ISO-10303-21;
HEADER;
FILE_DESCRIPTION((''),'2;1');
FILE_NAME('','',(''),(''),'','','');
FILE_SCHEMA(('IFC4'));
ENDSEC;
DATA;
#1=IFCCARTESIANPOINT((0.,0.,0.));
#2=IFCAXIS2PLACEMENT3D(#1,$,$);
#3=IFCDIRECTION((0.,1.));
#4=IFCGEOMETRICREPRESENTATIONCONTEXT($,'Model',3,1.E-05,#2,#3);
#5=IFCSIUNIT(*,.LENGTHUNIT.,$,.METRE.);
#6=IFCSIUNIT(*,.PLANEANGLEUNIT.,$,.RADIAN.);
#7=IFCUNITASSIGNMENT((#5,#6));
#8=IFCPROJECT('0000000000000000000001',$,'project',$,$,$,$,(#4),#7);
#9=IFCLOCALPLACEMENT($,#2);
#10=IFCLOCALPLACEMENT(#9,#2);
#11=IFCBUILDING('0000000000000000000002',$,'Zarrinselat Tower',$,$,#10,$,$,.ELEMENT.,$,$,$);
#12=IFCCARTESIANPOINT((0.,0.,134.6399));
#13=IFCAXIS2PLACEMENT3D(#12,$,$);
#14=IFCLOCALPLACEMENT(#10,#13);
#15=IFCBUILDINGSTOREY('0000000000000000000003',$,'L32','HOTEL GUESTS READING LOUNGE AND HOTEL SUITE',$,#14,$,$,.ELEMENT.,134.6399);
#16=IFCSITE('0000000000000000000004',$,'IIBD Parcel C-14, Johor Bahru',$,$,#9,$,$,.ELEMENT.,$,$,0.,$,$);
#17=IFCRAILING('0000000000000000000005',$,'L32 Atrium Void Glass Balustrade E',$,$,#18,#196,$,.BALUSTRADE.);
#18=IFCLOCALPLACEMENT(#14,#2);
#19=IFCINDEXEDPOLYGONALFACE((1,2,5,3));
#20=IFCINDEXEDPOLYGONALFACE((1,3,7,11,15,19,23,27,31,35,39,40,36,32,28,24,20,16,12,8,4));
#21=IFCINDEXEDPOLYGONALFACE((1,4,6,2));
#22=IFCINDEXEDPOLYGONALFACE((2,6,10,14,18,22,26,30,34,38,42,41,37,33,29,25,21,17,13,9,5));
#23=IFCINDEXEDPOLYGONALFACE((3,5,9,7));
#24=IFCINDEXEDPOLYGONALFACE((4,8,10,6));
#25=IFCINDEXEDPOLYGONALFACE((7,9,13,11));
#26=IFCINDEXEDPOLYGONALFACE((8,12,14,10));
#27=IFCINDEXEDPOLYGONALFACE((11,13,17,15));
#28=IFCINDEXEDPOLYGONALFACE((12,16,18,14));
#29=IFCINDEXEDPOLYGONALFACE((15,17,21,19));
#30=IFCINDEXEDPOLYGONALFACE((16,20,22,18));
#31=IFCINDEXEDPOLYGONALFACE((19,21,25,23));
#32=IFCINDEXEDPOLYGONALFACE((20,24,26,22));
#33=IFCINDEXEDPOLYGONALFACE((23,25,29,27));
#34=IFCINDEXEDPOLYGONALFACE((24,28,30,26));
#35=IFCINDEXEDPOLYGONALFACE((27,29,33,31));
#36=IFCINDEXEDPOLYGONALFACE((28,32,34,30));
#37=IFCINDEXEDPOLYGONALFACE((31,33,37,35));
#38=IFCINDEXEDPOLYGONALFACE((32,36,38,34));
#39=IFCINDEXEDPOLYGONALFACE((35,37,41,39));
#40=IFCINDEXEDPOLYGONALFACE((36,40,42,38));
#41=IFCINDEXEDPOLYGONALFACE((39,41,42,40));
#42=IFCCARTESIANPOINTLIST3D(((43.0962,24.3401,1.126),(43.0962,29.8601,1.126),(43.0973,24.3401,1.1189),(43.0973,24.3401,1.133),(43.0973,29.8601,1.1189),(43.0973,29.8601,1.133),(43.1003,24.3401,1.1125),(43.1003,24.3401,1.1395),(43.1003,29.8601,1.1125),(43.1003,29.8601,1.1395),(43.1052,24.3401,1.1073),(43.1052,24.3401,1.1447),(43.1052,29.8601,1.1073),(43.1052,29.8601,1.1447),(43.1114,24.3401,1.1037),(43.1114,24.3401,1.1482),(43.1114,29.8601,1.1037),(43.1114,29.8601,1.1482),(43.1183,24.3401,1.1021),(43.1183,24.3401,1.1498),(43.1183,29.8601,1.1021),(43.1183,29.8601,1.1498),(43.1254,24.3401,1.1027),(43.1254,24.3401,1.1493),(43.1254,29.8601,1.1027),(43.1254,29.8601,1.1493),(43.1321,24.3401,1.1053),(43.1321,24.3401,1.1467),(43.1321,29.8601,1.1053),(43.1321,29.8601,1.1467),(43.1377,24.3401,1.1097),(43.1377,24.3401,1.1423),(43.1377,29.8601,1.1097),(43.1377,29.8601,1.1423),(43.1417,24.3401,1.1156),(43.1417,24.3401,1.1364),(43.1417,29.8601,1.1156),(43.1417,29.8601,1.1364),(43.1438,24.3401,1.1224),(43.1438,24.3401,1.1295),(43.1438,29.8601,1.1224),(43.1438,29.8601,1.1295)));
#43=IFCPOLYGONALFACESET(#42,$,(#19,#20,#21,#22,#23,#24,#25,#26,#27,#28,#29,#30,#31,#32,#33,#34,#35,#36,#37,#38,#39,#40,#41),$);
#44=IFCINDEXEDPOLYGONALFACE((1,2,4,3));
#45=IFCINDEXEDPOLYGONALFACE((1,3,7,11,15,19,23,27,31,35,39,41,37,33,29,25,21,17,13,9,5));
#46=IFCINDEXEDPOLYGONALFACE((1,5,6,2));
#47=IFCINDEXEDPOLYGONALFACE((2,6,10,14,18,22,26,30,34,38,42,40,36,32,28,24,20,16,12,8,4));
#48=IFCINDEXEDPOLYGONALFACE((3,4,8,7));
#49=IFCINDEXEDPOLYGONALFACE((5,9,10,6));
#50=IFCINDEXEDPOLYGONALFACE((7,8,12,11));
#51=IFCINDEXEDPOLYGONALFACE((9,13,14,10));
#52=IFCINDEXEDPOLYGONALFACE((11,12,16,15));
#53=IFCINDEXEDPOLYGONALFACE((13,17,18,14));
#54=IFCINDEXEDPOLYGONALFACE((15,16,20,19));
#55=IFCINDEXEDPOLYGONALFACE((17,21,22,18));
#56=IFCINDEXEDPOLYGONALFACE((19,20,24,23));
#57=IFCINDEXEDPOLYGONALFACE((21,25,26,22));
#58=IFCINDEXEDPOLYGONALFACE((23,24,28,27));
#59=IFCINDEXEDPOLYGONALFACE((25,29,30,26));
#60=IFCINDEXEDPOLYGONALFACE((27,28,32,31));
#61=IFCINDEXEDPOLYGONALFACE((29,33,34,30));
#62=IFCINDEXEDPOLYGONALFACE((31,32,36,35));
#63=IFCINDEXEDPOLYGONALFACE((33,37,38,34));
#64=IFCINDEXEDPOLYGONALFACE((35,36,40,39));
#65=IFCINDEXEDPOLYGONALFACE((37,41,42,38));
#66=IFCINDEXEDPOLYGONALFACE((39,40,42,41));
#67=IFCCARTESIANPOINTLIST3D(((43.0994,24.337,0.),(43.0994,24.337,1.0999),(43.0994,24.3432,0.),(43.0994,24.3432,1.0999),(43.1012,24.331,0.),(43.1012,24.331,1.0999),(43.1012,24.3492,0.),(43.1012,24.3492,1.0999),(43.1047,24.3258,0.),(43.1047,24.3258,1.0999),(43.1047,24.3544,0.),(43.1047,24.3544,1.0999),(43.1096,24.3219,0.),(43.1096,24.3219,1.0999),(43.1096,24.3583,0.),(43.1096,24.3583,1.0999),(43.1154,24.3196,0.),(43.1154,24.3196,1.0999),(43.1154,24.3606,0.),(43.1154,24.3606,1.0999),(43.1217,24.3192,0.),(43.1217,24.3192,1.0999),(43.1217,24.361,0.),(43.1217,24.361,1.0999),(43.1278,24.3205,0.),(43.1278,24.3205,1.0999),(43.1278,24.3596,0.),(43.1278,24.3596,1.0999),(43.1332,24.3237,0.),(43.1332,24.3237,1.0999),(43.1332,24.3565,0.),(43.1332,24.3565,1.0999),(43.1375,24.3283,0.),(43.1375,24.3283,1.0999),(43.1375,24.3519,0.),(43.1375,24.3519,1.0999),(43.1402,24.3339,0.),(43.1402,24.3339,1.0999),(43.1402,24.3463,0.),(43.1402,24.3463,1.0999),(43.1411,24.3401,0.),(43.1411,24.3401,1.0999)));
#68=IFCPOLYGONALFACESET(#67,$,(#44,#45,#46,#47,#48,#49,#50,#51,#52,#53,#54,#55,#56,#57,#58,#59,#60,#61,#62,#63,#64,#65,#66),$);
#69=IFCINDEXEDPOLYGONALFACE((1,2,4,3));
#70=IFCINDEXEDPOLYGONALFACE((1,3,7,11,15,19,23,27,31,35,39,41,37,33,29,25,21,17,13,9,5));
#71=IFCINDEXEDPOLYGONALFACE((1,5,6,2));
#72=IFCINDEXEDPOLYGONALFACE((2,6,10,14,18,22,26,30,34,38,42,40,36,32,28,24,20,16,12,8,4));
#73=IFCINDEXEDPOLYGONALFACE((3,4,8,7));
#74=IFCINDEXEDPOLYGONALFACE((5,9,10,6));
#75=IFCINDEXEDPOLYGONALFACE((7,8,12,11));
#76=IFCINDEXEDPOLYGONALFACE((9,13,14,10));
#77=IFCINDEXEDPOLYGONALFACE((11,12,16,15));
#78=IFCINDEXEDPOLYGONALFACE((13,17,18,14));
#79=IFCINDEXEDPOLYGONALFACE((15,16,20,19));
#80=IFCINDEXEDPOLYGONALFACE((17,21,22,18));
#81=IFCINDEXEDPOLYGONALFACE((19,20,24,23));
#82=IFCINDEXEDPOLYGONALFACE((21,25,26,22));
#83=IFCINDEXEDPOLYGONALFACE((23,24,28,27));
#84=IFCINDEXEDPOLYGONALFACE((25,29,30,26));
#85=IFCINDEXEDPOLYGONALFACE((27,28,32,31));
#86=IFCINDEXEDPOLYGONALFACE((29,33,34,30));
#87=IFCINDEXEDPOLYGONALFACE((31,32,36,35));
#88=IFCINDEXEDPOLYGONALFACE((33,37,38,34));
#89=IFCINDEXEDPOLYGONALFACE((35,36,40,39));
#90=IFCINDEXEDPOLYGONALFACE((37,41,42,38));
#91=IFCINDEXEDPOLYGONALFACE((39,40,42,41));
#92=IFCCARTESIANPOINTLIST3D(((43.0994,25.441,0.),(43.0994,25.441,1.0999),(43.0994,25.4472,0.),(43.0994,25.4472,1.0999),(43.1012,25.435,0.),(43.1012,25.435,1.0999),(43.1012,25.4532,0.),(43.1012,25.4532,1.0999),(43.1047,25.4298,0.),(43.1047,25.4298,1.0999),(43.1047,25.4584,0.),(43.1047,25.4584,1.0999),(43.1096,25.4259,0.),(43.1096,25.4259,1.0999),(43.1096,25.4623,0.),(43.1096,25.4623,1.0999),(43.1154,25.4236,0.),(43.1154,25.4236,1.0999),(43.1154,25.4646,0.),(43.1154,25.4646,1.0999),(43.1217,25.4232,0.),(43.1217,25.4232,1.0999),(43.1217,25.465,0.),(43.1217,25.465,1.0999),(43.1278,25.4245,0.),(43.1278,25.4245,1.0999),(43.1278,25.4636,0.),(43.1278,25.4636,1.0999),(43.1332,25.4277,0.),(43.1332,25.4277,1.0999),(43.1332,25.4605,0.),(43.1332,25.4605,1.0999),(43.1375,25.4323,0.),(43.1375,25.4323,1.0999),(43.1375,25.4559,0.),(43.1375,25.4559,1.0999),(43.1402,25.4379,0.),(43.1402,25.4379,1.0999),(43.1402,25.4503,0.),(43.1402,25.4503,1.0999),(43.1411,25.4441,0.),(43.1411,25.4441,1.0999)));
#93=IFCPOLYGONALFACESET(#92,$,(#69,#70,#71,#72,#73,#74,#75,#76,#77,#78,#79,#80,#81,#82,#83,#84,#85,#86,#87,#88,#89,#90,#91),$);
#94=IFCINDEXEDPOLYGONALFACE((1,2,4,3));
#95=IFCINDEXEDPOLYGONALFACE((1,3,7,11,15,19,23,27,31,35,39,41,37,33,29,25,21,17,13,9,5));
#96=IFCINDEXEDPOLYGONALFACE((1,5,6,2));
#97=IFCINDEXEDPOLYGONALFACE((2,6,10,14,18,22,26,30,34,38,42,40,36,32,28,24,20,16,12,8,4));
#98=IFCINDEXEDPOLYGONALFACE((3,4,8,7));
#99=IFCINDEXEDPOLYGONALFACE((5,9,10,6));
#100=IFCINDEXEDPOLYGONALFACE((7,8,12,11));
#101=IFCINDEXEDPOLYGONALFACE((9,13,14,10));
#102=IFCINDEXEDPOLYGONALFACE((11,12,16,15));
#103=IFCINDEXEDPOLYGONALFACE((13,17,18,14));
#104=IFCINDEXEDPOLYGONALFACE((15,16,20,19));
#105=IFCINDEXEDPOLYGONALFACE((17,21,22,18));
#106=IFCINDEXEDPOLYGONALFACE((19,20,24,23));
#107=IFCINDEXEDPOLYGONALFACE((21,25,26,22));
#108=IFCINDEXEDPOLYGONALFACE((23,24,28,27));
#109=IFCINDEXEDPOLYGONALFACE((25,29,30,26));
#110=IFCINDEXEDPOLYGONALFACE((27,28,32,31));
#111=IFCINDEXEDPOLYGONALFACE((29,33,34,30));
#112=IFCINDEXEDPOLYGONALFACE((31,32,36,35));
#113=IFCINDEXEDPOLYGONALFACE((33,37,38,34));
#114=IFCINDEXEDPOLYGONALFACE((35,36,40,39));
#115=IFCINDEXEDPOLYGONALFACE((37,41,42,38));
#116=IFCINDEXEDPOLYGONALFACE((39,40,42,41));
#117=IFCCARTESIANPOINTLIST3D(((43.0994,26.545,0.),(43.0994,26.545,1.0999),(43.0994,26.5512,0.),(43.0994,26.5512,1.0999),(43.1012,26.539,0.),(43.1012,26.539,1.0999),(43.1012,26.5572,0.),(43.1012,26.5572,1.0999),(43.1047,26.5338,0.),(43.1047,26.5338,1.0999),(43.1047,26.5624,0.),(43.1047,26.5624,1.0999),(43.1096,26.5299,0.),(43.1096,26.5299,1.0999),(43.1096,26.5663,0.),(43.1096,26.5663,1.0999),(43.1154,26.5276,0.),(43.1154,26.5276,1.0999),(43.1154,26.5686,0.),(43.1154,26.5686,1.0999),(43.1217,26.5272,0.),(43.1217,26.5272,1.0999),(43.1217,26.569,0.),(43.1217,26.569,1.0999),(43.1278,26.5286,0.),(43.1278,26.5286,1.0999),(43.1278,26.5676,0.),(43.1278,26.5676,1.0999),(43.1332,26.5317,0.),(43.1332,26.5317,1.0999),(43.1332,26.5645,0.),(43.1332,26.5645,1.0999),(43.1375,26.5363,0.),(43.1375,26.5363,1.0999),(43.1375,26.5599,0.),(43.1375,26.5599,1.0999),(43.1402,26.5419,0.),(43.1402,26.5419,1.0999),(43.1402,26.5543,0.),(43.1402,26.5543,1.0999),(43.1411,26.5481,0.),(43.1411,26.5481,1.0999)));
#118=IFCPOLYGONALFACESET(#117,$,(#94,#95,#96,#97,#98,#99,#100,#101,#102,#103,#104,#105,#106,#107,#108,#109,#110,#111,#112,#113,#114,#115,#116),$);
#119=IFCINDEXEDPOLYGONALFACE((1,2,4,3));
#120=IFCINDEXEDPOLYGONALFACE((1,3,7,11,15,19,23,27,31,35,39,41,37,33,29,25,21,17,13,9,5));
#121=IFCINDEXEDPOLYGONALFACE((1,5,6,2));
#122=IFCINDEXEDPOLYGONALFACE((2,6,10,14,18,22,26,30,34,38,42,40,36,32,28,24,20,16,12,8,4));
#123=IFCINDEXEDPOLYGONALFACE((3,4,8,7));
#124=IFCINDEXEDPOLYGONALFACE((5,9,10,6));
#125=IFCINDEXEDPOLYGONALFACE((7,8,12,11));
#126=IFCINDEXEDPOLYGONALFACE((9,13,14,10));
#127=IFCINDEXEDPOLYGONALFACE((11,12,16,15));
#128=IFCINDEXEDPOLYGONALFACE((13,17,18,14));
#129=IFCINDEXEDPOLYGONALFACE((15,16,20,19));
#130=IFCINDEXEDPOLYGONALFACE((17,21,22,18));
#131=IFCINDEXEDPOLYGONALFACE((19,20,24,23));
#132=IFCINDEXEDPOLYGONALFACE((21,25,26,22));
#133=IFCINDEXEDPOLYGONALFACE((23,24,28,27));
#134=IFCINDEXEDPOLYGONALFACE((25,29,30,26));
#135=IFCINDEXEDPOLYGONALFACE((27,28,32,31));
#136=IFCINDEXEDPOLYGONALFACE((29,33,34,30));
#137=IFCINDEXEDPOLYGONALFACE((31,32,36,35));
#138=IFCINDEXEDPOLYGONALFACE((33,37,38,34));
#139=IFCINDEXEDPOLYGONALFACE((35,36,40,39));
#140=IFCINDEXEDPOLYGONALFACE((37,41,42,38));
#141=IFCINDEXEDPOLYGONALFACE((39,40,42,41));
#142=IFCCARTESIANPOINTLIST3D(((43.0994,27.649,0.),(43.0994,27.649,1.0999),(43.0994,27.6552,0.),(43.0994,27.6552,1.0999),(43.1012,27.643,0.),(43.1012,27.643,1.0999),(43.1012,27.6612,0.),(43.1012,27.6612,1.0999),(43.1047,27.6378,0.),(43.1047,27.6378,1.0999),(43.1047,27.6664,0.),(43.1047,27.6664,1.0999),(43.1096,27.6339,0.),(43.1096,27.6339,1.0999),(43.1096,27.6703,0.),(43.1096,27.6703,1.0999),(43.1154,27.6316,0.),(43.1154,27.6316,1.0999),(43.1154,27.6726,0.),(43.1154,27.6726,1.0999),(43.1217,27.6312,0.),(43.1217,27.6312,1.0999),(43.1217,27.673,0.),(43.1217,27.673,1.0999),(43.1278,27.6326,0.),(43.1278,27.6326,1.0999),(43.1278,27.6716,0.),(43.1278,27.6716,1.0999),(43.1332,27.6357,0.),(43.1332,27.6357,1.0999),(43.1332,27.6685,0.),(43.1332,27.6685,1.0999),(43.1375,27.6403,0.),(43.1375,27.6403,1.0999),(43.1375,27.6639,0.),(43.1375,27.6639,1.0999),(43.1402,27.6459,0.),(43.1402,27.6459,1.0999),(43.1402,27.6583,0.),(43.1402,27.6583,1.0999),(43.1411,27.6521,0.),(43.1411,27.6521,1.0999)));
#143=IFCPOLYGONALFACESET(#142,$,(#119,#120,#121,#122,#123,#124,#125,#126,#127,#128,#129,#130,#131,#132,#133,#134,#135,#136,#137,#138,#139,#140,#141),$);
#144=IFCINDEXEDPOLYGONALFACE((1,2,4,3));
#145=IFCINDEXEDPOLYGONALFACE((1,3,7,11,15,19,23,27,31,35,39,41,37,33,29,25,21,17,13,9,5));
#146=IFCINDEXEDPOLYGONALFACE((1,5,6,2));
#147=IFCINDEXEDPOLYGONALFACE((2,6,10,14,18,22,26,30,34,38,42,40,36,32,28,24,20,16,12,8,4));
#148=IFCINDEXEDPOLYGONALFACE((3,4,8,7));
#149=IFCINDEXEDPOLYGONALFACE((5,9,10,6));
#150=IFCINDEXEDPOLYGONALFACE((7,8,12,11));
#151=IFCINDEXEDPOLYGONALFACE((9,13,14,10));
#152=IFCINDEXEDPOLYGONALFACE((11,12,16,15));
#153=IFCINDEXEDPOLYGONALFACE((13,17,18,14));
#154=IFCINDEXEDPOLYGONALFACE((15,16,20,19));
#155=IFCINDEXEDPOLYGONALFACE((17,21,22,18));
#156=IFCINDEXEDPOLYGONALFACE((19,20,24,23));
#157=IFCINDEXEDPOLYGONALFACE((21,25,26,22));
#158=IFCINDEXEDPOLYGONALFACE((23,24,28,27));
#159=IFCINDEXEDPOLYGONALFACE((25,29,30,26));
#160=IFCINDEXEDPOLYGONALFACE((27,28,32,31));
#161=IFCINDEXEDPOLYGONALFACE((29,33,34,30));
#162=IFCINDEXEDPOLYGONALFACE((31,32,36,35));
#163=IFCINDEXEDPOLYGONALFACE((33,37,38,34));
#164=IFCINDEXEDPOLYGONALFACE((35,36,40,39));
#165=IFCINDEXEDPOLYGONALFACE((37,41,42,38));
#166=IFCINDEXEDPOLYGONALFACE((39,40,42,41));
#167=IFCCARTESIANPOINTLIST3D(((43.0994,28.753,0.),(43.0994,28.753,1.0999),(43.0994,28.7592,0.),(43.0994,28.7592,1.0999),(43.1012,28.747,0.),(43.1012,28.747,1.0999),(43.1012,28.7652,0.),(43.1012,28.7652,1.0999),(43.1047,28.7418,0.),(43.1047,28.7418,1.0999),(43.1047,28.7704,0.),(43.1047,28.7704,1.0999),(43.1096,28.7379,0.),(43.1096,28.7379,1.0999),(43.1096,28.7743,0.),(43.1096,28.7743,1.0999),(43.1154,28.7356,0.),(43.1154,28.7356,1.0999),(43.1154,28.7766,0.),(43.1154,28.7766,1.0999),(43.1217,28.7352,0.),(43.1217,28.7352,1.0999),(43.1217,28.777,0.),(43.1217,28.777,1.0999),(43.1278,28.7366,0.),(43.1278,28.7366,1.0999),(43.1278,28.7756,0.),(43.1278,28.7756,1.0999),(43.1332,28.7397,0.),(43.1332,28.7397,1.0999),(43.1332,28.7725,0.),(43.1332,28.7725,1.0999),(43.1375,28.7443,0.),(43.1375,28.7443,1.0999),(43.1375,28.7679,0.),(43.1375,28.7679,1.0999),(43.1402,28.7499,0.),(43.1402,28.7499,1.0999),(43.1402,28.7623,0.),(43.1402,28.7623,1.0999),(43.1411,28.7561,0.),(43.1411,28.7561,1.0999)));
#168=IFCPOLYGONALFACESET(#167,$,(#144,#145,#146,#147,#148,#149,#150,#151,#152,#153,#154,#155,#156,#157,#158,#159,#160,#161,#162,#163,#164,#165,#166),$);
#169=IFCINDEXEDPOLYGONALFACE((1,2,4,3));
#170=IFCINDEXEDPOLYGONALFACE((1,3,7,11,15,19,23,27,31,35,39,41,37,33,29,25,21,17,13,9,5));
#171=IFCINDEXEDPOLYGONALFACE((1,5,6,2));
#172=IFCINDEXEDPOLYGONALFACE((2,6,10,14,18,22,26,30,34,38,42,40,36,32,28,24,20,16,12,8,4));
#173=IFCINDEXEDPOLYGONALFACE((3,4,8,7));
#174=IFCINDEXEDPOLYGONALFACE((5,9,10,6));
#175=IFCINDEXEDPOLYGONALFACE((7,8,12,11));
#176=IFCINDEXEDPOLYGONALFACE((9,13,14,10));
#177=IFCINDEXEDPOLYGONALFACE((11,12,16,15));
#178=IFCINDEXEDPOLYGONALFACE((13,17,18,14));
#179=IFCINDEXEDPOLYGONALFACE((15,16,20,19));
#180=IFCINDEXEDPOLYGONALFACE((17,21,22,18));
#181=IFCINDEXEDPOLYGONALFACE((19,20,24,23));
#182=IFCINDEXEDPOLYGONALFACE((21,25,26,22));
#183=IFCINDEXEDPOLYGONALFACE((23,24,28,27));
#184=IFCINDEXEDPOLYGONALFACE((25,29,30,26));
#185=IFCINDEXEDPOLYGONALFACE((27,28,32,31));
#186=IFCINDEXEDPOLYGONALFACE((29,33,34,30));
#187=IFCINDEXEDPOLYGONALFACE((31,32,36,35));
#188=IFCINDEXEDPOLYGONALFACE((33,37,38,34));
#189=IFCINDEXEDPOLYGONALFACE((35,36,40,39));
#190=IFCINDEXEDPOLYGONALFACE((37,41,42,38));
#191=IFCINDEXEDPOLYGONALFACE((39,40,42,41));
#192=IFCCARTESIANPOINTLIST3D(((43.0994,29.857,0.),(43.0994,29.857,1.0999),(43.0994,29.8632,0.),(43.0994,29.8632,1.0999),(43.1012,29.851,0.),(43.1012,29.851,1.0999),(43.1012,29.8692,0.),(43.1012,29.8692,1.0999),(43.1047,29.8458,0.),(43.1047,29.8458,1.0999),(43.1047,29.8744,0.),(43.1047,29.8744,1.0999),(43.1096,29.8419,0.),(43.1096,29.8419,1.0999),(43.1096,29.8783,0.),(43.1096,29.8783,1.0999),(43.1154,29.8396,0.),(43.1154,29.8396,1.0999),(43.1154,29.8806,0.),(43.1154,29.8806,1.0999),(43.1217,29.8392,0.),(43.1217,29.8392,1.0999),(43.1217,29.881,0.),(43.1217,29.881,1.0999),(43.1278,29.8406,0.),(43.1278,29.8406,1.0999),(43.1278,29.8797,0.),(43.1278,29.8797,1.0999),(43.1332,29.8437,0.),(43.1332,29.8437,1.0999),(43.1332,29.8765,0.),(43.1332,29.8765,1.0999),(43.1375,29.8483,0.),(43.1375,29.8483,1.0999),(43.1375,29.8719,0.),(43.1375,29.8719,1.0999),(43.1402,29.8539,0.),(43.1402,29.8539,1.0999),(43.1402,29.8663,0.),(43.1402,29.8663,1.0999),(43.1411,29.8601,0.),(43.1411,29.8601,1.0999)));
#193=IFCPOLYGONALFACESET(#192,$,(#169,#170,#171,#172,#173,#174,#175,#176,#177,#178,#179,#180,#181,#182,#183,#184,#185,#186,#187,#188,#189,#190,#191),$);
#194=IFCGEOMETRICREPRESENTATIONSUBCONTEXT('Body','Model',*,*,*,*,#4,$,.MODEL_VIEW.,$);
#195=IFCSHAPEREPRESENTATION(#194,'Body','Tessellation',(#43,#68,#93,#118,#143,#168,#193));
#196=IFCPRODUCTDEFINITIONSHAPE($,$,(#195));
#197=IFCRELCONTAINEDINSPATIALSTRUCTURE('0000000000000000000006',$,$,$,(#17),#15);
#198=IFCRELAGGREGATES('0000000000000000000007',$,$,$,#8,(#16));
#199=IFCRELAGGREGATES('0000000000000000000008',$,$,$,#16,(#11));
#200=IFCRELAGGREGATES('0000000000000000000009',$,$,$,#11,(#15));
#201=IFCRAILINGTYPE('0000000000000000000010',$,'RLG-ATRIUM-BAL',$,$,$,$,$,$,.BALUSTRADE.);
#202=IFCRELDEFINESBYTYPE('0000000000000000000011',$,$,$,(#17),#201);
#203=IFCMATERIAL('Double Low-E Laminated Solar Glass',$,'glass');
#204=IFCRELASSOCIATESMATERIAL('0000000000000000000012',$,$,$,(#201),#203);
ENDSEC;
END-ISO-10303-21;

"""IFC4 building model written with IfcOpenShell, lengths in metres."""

from ifc_helpers import new_model, si_unit, direction, frame, origin, origin_2d, place, context, subcontext, project, spatial, circle, extrude, material, type_object, element, save


model = new_model("IFC4")

# Units and contexts
model_context = context("Model", 3, precision=1e-05, world=origin(), true_north=direction((0.0, 1.0)))
body_context = subcontext(model_context, "Body", "Model", "MODEL_VIEW")
ifc_project = project(units=[si_unit("LENGTHUNIT", "METRE"), si_unit("PLANEANGLEUNIT", "RADIAN")], contexts=[model_context])

# Site, building, storey
site_placement = place(None, origin())
site = spatial("IfcSite", under=ifc_project, at=site_placement, Name="IIBD Parcel C-14, Johor Bahru", CompositionType="ELEMENT", RefElevation=0.0)
building_placement = place(site_placement, origin())
building = spatial("IfcBuilding", under=site, at=building_placement, Name="Zarrinselat Tower", CompositionType="ELEMENT")
storey_placement = place(building_placement, frame((0.0, 0.0, 134.6399)))
storey = spatial("IfcBuildingStorey", under=building, at=storey_placement, Name="L32", Description="HOTEL GUESTS READING LOUNGE AND HOTEL SUITE", CompositionType="ELEMENT", Elevation=134.6399)

# Railing
ifc_material_1 = material(Name="Double Low-E Laminated Solar Glass", Category="glass")
railing_type = type_object("IfcRailingType", Name="RLG-ATRIUM-BAL", PredefinedType="BALUSTRADE", material=ifc_material_1)
railing_1_placement = place(storey_placement, frame((43.1201, 24.3401, 0.0)))
element("IfcRailing", 1, at=railing_1_placement, inside=storey, type_object=railing_type, Name="L32 Atrium Void Glass Balustrade E", PredefinedType="BALUSTRADE", context=body_context, shape_type="SweptSolid", body=[
    extrude(circle(Radius=0.0239, at=origin_2d()), frame((0.0, 0.0, 1.126), z_axis=(0.0, 1.0, 0.0), x_axis=(-1.0, 0.0, 0.0)), (0.0, 0.0, 1.0), 5.52),
    extrude(circle(Radius=0.021, at=origin_2d()), origin(), (0.0, 0.0, 1.0), 1.0999),
    extrude(circle(Radius=0.021, at=origin_2d()), frame((0.0, 1.104, 0.0)), (0.0, 0.0, 1.0), 1.0999),
    extrude(circle(Radius=0.021, at=origin_2d()), frame((0.0, 2.208, 0.0)), (0.0, 0.0, 1.0), 1.0999),
    extrude(circle(Radius=0.021, at=origin_2d()), frame((0.0, 3.312, 0.0)), (0.0, 0.0, 1.0), 1.0999),
    extrude(circle(Radius=0.021, at=origin_2d()), frame((0.0, 4.416, 0.0)), (0.0, 0.0, 1.0), 1.0999),
    extrude(circle(Radius=0.021, at=origin_2d()), frame((0.0, 5.52, 0.0)), (0.0, 0.0, 1.0), 1.0999),
])

save(model, "model.ifc")
